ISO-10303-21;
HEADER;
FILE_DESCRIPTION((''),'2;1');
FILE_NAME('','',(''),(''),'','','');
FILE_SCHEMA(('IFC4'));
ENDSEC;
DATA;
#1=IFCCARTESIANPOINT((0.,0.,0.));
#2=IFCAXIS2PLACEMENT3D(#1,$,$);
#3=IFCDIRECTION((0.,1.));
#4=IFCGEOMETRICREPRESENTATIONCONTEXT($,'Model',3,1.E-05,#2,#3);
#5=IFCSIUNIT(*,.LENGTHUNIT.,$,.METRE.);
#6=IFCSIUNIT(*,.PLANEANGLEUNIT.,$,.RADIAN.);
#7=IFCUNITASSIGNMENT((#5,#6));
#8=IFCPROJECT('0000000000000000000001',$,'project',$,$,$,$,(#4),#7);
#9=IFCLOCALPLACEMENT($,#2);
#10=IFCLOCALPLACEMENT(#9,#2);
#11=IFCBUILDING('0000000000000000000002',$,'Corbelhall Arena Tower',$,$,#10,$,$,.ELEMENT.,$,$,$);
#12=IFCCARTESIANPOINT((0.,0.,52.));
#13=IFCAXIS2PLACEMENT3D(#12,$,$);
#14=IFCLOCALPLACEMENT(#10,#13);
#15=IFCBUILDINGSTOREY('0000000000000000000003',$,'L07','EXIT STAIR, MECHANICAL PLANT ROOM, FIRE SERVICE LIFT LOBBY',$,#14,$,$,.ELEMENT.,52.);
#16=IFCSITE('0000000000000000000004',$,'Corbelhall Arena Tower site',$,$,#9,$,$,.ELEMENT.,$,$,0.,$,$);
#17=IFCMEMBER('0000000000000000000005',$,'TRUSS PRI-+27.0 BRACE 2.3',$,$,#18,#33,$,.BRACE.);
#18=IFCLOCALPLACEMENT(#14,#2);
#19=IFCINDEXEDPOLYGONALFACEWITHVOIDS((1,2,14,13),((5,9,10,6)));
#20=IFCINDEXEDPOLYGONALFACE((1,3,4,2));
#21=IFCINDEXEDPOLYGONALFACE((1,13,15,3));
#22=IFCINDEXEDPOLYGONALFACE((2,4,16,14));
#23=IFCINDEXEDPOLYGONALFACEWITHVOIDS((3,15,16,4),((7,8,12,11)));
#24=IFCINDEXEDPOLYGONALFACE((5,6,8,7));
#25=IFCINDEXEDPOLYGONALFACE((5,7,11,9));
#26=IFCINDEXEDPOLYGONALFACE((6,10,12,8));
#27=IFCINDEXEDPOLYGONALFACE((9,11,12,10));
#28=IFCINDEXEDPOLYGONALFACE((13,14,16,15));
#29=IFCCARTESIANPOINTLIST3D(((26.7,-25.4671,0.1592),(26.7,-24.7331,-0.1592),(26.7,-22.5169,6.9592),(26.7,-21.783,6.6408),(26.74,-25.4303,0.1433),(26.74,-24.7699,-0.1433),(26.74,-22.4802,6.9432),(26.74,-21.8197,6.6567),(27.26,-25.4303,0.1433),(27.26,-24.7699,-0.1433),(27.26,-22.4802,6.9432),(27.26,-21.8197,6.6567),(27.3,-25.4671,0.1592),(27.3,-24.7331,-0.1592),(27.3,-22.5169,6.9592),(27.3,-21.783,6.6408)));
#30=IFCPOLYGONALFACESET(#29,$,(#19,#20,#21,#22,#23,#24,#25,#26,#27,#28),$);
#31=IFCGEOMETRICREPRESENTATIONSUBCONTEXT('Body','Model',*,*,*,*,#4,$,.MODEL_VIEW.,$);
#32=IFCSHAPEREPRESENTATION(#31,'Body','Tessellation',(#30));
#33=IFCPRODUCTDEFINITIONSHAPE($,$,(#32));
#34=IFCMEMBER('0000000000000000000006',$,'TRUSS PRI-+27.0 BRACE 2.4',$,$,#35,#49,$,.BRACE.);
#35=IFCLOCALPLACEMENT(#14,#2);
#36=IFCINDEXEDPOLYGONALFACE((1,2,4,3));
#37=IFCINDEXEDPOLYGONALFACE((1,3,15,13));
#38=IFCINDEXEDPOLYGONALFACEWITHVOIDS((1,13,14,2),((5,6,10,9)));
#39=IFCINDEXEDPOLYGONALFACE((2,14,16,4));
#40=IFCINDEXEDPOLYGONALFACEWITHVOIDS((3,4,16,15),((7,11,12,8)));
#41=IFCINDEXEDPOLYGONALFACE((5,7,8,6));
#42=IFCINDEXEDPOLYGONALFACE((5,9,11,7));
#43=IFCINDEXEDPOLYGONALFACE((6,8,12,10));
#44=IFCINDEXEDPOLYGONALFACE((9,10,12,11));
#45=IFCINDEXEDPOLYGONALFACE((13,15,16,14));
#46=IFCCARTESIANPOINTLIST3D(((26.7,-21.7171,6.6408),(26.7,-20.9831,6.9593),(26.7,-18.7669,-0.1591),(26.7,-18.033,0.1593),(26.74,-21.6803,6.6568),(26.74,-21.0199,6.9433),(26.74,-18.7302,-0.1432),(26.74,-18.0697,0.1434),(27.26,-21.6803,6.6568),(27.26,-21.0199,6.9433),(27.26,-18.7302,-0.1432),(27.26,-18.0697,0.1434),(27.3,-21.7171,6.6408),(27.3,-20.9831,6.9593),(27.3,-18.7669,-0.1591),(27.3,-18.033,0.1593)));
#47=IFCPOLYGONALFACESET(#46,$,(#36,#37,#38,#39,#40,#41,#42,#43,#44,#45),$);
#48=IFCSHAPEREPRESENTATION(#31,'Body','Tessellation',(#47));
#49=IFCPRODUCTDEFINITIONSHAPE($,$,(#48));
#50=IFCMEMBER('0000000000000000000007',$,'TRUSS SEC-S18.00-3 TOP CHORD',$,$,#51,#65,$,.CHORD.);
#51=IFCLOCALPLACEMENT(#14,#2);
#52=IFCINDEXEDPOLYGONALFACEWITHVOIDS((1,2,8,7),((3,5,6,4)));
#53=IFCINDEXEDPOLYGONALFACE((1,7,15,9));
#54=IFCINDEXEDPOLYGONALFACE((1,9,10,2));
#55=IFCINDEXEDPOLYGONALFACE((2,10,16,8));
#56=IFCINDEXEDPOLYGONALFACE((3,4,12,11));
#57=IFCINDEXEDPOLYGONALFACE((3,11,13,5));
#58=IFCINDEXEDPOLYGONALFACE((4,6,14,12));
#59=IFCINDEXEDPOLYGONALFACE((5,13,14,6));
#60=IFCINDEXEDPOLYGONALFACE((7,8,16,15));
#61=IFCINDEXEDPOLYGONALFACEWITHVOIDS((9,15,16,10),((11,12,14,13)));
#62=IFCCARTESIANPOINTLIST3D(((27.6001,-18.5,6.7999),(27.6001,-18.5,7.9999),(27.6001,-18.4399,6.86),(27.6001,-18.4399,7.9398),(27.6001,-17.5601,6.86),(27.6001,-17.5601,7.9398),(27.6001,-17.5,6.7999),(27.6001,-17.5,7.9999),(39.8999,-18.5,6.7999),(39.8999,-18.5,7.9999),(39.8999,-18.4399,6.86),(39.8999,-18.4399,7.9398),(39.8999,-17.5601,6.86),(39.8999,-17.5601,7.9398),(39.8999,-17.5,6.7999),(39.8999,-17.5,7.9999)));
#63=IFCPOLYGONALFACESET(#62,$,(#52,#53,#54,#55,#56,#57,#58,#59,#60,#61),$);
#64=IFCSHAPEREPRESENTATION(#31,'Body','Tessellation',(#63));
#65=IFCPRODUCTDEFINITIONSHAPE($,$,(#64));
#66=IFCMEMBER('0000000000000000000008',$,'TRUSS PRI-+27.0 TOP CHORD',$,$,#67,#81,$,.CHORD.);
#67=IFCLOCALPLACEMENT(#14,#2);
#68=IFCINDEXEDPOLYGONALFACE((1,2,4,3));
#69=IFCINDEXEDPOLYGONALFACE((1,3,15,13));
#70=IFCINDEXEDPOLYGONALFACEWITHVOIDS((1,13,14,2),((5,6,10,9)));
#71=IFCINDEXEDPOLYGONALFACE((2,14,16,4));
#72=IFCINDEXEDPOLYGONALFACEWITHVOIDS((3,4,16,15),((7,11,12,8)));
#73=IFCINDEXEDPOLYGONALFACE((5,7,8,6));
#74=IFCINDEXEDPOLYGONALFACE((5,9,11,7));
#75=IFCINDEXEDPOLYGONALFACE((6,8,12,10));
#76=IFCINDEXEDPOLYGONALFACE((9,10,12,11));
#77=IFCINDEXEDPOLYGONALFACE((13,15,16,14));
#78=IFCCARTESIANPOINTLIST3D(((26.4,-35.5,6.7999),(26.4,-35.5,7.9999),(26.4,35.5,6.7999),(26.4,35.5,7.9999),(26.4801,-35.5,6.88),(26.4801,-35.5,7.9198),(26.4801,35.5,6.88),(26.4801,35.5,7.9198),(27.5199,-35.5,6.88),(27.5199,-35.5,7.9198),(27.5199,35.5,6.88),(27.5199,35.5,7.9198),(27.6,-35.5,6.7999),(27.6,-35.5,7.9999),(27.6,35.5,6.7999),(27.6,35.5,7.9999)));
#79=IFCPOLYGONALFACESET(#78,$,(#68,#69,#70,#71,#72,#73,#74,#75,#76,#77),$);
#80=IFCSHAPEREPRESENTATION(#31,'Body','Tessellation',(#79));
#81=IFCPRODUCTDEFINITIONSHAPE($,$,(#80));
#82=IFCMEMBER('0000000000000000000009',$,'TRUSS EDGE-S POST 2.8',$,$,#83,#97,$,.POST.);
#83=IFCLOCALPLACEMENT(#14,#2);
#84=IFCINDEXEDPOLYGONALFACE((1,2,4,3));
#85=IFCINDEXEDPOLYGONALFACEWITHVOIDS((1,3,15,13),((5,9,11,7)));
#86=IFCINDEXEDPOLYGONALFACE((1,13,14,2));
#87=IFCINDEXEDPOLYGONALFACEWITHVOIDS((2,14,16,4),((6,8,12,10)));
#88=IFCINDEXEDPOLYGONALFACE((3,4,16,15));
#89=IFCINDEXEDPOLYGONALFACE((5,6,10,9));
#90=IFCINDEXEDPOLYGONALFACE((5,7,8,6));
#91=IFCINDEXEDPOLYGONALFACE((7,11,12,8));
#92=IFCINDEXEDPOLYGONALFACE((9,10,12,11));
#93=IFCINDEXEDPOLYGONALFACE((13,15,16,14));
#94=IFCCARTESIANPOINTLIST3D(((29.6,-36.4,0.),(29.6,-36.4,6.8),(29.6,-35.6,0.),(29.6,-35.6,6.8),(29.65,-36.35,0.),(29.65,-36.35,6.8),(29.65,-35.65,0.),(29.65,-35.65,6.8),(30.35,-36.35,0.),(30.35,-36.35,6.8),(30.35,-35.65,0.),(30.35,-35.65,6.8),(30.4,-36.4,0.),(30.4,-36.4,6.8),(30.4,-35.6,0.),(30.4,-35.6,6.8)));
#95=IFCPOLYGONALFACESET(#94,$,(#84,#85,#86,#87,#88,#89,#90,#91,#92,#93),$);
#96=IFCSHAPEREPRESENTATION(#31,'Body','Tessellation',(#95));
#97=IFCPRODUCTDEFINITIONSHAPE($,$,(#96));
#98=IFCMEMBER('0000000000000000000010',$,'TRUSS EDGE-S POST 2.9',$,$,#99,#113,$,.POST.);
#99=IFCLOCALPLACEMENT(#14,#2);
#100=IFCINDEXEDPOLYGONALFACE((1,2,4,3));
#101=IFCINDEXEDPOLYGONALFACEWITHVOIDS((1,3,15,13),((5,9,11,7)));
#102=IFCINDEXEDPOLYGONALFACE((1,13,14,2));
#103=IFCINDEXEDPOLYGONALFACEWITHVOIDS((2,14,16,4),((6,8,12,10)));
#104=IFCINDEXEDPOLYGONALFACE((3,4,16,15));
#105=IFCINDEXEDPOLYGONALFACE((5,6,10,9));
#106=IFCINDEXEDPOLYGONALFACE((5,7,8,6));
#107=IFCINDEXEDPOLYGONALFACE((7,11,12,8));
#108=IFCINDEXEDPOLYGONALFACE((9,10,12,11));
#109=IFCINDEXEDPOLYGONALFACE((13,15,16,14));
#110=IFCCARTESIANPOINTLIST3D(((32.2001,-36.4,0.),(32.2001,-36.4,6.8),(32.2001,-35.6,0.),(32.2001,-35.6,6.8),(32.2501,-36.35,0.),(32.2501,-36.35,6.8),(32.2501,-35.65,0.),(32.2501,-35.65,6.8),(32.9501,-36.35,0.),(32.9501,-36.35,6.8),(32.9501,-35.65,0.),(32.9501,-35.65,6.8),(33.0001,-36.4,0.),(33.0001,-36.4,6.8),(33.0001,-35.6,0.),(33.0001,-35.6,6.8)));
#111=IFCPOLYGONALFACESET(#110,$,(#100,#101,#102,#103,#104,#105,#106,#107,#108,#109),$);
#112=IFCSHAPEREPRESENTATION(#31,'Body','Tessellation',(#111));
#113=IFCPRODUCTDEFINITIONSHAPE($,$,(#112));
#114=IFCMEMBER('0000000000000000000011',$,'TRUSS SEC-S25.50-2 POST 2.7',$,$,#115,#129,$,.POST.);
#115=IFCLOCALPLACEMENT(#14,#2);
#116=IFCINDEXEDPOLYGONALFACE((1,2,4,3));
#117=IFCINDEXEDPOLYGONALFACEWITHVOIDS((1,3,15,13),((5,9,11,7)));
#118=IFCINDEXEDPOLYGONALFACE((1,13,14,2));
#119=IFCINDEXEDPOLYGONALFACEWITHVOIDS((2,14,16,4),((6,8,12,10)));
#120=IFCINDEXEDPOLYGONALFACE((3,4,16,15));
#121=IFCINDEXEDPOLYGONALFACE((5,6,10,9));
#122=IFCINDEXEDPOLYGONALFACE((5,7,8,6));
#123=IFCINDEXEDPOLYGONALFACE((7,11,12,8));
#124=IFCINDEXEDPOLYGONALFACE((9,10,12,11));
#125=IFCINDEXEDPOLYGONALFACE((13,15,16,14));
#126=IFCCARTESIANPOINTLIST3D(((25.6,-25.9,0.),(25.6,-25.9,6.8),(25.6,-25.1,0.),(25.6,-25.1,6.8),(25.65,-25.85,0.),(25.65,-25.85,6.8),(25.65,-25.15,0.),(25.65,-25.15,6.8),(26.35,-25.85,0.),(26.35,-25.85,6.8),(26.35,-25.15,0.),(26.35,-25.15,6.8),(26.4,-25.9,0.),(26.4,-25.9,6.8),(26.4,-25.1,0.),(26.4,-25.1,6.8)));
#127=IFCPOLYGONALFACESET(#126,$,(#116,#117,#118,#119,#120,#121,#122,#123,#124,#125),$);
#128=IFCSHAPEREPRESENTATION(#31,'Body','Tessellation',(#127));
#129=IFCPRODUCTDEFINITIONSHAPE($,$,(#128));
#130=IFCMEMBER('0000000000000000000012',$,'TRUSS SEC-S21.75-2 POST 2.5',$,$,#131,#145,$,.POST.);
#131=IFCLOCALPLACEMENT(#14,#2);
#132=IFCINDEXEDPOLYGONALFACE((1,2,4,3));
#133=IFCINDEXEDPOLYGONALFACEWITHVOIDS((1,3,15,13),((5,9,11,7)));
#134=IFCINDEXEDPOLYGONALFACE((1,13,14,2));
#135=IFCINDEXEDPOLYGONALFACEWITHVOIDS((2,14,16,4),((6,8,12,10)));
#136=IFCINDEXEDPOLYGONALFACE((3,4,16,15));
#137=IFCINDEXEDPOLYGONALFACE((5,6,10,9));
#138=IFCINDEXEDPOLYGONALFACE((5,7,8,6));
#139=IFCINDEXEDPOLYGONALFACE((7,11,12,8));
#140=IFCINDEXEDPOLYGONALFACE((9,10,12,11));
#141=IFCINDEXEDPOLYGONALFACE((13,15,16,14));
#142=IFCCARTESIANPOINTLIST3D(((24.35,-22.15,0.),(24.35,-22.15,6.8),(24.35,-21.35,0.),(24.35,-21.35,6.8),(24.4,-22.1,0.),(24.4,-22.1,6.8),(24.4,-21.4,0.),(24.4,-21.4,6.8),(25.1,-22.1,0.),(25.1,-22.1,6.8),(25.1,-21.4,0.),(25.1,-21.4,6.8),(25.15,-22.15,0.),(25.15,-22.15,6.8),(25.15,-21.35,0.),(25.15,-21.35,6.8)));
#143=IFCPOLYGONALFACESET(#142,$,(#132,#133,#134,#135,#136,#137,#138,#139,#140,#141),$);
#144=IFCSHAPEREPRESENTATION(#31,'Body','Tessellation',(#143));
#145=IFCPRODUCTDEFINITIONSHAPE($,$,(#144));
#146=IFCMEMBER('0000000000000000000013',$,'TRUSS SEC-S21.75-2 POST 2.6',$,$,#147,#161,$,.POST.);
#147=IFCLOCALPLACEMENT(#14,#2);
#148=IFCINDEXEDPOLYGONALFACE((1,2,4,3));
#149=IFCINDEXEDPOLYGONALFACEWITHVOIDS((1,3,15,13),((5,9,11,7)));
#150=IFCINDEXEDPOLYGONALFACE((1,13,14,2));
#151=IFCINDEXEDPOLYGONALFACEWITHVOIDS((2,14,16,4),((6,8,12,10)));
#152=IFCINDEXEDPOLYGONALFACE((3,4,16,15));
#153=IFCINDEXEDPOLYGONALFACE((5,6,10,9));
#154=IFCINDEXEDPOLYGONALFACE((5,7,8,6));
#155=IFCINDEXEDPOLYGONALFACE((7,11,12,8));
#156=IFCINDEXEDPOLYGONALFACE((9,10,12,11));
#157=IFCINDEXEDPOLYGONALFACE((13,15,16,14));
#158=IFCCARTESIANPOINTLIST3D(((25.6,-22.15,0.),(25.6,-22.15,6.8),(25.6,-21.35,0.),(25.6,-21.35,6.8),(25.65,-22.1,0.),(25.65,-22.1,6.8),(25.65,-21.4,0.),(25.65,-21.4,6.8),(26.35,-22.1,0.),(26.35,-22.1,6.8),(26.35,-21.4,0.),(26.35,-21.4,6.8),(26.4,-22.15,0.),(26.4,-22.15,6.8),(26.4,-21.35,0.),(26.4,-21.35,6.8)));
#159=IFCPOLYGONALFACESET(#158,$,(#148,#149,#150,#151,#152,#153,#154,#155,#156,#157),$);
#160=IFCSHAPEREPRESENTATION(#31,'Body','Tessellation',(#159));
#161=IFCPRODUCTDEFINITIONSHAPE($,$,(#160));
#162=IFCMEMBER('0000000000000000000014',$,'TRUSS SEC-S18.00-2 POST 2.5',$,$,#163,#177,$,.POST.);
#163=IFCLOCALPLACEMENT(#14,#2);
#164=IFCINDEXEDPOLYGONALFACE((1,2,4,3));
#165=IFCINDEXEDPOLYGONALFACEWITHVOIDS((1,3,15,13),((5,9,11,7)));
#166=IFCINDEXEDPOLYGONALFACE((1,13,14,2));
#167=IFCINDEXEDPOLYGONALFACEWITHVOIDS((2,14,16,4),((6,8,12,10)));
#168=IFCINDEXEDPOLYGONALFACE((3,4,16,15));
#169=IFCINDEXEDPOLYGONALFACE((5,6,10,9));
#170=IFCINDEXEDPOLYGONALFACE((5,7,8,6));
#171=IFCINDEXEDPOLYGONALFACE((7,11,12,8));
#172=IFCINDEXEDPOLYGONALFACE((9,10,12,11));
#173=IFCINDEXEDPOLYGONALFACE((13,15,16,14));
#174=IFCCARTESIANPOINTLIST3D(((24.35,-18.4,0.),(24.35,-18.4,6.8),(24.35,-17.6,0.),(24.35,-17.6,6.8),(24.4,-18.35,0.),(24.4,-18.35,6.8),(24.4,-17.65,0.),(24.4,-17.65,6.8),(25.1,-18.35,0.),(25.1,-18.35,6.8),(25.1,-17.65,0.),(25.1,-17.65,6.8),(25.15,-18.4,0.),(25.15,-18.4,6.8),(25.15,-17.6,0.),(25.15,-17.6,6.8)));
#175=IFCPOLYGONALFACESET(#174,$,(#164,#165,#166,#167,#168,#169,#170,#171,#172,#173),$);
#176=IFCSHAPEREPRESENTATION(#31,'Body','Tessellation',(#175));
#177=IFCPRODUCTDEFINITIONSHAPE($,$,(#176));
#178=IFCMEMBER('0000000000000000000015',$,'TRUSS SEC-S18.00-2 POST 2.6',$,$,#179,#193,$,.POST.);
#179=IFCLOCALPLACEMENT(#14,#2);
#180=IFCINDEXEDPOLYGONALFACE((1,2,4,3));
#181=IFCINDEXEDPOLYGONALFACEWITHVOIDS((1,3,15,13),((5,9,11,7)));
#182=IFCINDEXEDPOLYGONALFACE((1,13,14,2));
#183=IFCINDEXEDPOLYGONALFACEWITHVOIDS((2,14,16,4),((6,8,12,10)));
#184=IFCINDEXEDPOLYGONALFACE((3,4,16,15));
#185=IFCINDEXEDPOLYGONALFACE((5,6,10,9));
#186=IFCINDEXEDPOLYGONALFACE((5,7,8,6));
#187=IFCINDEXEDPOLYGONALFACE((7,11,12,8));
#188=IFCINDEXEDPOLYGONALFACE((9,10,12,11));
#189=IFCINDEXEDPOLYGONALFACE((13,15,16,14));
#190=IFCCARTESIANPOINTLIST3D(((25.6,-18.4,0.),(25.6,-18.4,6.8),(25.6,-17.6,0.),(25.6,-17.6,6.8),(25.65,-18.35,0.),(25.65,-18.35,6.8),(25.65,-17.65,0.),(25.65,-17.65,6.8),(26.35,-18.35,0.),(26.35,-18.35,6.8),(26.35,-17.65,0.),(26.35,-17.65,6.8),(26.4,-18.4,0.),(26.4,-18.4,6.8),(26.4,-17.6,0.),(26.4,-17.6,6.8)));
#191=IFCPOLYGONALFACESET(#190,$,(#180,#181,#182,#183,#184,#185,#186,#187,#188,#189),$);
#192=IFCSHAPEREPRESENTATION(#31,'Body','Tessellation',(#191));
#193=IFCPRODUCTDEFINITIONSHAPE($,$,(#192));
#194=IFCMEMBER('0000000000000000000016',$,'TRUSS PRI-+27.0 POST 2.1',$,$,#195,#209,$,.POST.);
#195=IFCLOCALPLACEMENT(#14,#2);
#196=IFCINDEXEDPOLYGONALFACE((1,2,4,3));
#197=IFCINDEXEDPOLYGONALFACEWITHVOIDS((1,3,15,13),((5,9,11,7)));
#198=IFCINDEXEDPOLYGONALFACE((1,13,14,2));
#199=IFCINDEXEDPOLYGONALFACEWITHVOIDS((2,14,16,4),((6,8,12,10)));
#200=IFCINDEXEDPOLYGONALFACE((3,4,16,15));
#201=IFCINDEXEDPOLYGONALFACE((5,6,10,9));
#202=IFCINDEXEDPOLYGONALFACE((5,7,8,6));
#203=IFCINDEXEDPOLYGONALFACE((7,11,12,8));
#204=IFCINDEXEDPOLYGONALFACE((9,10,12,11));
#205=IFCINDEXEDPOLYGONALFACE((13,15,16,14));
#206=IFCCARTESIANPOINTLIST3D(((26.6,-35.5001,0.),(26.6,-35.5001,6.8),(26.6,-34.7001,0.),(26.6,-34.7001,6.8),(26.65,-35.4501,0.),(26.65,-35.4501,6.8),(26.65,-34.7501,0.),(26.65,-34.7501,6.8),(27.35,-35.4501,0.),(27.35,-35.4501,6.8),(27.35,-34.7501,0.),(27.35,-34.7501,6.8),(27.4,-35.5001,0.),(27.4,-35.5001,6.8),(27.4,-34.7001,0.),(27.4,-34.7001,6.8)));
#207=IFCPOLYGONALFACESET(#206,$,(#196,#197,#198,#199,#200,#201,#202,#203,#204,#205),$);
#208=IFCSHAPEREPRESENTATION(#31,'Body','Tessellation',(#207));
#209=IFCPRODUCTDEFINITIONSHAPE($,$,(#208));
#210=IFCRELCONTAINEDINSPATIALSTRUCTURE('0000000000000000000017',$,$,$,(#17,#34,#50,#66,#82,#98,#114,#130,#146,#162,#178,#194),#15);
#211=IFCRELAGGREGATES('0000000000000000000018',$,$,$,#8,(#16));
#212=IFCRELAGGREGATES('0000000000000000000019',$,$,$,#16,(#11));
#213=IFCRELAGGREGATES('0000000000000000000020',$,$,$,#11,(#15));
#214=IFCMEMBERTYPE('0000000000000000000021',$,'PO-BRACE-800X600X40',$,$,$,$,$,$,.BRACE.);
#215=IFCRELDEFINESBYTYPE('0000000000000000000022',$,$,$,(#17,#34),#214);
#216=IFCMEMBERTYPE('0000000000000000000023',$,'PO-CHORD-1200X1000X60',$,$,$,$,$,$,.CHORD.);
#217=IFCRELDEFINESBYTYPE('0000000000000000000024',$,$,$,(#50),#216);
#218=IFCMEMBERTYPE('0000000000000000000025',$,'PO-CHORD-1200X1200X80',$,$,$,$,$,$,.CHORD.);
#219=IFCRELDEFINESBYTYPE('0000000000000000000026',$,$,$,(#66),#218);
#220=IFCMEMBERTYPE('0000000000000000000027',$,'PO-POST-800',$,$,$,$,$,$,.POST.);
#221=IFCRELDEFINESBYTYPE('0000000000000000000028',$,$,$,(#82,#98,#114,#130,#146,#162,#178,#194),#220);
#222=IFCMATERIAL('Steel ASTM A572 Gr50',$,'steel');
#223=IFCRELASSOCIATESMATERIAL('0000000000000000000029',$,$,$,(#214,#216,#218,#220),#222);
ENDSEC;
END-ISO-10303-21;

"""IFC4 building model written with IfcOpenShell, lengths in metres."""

from ifc_helpers import new_model, si_unit, direction, frame, origin, origin_2d, place, context, subcontext, project, spatial, hollow_rectangle, extrude, material, material_profile, profile_set, type_object, element, save


model = new_model("IFC4")

# Units and contexts
model_context = context("Model", 3, precision=1e-05, world=origin(), true_north=direction((0.0, 1.0)))
body_context = subcontext(model_context, "Body", "Model", "MODEL_VIEW")
ifc_project = project(units=[si_unit("LENGTHUNIT", "METRE"), si_unit("PLANEANGLEUNIT", "RADIAN")], contexts=[model_context])

# Site, building, storey
site_placement = place(None, origin())
site = spatial("IfcSite", under=ifc_project, at=site_placement, Name="Corbelhall Arena Tower site", CompositionType="ELEMENT", RefElevation=0.0)
building_placement = place(site_placement, origin())
building = spatial("IfcBuilding", under=site, at=building_placement, Name="Corbelhall Arena Tower", CompositionType="ELEMENT")
storey_placement = place(building_placement, frame((0.0, 0.0, 52.0)))
storey = spatial("IfcBuildingStorey", under=building, at=storey_placement, Name="L07", Description="EXIT STAIR, MECHANICAL PLANT ROOM, FIRE SERVICE LIFT LOBBY", CompositionType="ELEMENT", Elevation=52.0)

# Members
ifc_material_1 = material(Name="Steel ASTM A572 Gr50", Category="steel")
ifc_material_profile_1 = material_profile(ifc_material_1, hollow_rectangle(XDim=0.6001, YDim=0.8, WallThickness=0.04, at=origin_2d()))
ifc_profile_set_1 = profile_set([ifc_material_profile_1], Name="Steel ASTM A572 Gr50")
member_type_1 = type_object("IfcMemberType", Name="PO-BRACE-800X600X40", PredefinedType="BRACE", material=ifc_profile_set_1)
for number, where, z_axis, x_axis, name in (
    (1, (27.0, -25.1001, 0.0), (0.0, 0.398006, 0.917383), (-1.0, 0.0, 0.0), "TRUSS PRI-+27.0 BRACE 2.3"),
    (2, (27.0, -21.3501, 6.8), (0.0, 0.398006, -0.917383), (-1.0, 0.0, 0.0), "TRUSS PRI-+27.0 BRACE 2.4"),
):
    element("IfcMember", number, at=place(storey_placement, frame(where, z_axis=z_axis, x_axis=x_axis)), inside=storey, type_object=member_type_1, Name=name, PredefinedType="BRACE", context=body_context, shape_type="SweptSolid", body=[
        extrude(hollow_rectangle(XDim=0.6001, YDim=0.8, WallThickness=0.04, at=origin_2d()), origin(), (0.0, 0.0, 1.0), 7.4124),
    ])
ifc_material_profile_2 = material_profile(ifc_material_1, hollow_rectangle(XDim=1.0, YDim=1.2, WallThickness=0.0601, at=origin_2d()))
ifc_profile_set_2 = profile_set([ifc_material_profile_2], Name="Steel ASTM A572 Gr50")
member_type_2 = type_object("IfcMemberType", Name="PO-CHORD-1200X1000X60", PredefinedType="CHORD", material=ifc_profile_set_2)
member_1_placement = place(storey_placement, frame((27.6001, -18.0, 7.3999), z_axis=(1.0, 0.0, 0.0), x_axis=(0.0, 1.0, 0.0)))
element("IfcMember", 3, at=member_1_placement, inside=storey, type_object=member_type_2, Name="TRUSS SEC-S18.00-3 TOP CHORD", PredefinedType="CHORD", context=body_context, shape_type="SweptSolid", body=[
    extrude(hollow_rectangle(XDim=1.0, YDim=1.2, WallThickness=0.0601, at=origin_2d()), origin(), (0.0, 0.0, 1.0), 12.2998),
])
ifc_material_profile_3 = material_profile(ifc_material_1, hollow_rectangle(XDim=1.2, YDim=1.2, WallThickness=0.0801, at=origin_2d()))
ifc_profile_set_3 = profile_set([ifc_material_profile_3], Name="Steel ASTM A572 Gr50")
member_type_3 = type_object("IfcMemberType", Name="PO-CHORD-1200X1200X80", PredefinedType="CHORD", material=ifc_profile_set_3)
member_2_placement = place(storey_placement, frame((27.0, -35.5, 7.3999), z_axis=(0.0, 1.0, 0.0), x_axis=(-1.0, 0.0, 0.0)))
element("IfcMember", 4, at=member_2_placement, inside=storey, type_object=member_type_3, Name="TRUSS PRI-+27.0 TOP CHORD", PredefinedType="CHORD", context=body_context, shape_type="SweptSolid", body=[
    extrude(hollow_rectangle(XDim=1.2, YDim=1.2, WallThickness=0.0801, at=origin_2d()), origin(), (0.0, 0.0, 1.0), 71.0),
])
ifc_material_profile_4 = material_profile(ifc_material_1, hollow_rectangle(XDim=0.8, YDim=0.8, WallThickness=0.05, at=origin_2d()))
ifc_profile_set_4 = profile_set([ifc_material_profile_4], Name="Steel ASTM A572 Gr50")
member_type_4 = type_object("IfcMemberType", Name="PO-POST-800", PredefinedType="POST", material=ifc_profile_set_4)
for number, where, z_axis, x_axis, name in (
    (5, (30.0, -36.0, 0.0), (0.0, 0.0, 1.0), (1.0, 0.0, 0.0), "TRUSS EDGE-S POST 2.8"),
    (6, (32.6001, -36.0, 0.0), (0.0, 0.0, 1.0), (1.0, 0.0, 0.0), "TRUSS EDGE-S POST 2.9"),
    (7, (26.0, -25.5, 0.0), (0.0, 0.0, 1.0), (1.0, 0.0, 0.0), "TRUSS SEC-S25.50-2 POST 2.7"),
    (8, (24.75, -21.75, 0.0), (0.0, 0.0, 1.0), (1.0, 0.0, 0.0), "TRUSS SEC-S21.75-2 POST 2.5"),
    (9, (26.0, -21.75, 0.0), (0.0, 0.0, 1.0), (1.0, 0.0, 0.0), "TRUSS SEC-S21.75-2 POST 2.6"),
    (10, (24.75, -18.0, 0.0), (0.0, 0.0, 1.0), (1.0, 0.0, 0.0), "TRUSS SEC-S18.00-2 POST 2.5"),
    (11, (26.0, -18.0, 0.0), (0.0, 0.0, 1.0), (1.0, 0.0, 0.0), "TRUSS SEC-S18.00-2 POST 2.6"),
    (12, (27.0, -35.1001, 0.0), (0.0, 0.0, 1.0), (1.0, 0.0, 0.0), "TRUSS PRI-+27.0 POST 2.1"),
):
    element("IfcMember", number, at=place(storey_placement, frame(where, z_axis=z_axis, x_axis=x_axis)), inside=storey, type_object=member_type_4, Name=name, PredefinedType="POST", context=body_context, shape_type="SweptSolid", body=[
        extrude(hollow_rectangle(XDim=0.8, YDim=0.8, WallThickness=0.05, at=origin_2d()), origin(), (0.0, 0.0, 1.0), 6.8),
    ])

save(model, "model.ifc")
